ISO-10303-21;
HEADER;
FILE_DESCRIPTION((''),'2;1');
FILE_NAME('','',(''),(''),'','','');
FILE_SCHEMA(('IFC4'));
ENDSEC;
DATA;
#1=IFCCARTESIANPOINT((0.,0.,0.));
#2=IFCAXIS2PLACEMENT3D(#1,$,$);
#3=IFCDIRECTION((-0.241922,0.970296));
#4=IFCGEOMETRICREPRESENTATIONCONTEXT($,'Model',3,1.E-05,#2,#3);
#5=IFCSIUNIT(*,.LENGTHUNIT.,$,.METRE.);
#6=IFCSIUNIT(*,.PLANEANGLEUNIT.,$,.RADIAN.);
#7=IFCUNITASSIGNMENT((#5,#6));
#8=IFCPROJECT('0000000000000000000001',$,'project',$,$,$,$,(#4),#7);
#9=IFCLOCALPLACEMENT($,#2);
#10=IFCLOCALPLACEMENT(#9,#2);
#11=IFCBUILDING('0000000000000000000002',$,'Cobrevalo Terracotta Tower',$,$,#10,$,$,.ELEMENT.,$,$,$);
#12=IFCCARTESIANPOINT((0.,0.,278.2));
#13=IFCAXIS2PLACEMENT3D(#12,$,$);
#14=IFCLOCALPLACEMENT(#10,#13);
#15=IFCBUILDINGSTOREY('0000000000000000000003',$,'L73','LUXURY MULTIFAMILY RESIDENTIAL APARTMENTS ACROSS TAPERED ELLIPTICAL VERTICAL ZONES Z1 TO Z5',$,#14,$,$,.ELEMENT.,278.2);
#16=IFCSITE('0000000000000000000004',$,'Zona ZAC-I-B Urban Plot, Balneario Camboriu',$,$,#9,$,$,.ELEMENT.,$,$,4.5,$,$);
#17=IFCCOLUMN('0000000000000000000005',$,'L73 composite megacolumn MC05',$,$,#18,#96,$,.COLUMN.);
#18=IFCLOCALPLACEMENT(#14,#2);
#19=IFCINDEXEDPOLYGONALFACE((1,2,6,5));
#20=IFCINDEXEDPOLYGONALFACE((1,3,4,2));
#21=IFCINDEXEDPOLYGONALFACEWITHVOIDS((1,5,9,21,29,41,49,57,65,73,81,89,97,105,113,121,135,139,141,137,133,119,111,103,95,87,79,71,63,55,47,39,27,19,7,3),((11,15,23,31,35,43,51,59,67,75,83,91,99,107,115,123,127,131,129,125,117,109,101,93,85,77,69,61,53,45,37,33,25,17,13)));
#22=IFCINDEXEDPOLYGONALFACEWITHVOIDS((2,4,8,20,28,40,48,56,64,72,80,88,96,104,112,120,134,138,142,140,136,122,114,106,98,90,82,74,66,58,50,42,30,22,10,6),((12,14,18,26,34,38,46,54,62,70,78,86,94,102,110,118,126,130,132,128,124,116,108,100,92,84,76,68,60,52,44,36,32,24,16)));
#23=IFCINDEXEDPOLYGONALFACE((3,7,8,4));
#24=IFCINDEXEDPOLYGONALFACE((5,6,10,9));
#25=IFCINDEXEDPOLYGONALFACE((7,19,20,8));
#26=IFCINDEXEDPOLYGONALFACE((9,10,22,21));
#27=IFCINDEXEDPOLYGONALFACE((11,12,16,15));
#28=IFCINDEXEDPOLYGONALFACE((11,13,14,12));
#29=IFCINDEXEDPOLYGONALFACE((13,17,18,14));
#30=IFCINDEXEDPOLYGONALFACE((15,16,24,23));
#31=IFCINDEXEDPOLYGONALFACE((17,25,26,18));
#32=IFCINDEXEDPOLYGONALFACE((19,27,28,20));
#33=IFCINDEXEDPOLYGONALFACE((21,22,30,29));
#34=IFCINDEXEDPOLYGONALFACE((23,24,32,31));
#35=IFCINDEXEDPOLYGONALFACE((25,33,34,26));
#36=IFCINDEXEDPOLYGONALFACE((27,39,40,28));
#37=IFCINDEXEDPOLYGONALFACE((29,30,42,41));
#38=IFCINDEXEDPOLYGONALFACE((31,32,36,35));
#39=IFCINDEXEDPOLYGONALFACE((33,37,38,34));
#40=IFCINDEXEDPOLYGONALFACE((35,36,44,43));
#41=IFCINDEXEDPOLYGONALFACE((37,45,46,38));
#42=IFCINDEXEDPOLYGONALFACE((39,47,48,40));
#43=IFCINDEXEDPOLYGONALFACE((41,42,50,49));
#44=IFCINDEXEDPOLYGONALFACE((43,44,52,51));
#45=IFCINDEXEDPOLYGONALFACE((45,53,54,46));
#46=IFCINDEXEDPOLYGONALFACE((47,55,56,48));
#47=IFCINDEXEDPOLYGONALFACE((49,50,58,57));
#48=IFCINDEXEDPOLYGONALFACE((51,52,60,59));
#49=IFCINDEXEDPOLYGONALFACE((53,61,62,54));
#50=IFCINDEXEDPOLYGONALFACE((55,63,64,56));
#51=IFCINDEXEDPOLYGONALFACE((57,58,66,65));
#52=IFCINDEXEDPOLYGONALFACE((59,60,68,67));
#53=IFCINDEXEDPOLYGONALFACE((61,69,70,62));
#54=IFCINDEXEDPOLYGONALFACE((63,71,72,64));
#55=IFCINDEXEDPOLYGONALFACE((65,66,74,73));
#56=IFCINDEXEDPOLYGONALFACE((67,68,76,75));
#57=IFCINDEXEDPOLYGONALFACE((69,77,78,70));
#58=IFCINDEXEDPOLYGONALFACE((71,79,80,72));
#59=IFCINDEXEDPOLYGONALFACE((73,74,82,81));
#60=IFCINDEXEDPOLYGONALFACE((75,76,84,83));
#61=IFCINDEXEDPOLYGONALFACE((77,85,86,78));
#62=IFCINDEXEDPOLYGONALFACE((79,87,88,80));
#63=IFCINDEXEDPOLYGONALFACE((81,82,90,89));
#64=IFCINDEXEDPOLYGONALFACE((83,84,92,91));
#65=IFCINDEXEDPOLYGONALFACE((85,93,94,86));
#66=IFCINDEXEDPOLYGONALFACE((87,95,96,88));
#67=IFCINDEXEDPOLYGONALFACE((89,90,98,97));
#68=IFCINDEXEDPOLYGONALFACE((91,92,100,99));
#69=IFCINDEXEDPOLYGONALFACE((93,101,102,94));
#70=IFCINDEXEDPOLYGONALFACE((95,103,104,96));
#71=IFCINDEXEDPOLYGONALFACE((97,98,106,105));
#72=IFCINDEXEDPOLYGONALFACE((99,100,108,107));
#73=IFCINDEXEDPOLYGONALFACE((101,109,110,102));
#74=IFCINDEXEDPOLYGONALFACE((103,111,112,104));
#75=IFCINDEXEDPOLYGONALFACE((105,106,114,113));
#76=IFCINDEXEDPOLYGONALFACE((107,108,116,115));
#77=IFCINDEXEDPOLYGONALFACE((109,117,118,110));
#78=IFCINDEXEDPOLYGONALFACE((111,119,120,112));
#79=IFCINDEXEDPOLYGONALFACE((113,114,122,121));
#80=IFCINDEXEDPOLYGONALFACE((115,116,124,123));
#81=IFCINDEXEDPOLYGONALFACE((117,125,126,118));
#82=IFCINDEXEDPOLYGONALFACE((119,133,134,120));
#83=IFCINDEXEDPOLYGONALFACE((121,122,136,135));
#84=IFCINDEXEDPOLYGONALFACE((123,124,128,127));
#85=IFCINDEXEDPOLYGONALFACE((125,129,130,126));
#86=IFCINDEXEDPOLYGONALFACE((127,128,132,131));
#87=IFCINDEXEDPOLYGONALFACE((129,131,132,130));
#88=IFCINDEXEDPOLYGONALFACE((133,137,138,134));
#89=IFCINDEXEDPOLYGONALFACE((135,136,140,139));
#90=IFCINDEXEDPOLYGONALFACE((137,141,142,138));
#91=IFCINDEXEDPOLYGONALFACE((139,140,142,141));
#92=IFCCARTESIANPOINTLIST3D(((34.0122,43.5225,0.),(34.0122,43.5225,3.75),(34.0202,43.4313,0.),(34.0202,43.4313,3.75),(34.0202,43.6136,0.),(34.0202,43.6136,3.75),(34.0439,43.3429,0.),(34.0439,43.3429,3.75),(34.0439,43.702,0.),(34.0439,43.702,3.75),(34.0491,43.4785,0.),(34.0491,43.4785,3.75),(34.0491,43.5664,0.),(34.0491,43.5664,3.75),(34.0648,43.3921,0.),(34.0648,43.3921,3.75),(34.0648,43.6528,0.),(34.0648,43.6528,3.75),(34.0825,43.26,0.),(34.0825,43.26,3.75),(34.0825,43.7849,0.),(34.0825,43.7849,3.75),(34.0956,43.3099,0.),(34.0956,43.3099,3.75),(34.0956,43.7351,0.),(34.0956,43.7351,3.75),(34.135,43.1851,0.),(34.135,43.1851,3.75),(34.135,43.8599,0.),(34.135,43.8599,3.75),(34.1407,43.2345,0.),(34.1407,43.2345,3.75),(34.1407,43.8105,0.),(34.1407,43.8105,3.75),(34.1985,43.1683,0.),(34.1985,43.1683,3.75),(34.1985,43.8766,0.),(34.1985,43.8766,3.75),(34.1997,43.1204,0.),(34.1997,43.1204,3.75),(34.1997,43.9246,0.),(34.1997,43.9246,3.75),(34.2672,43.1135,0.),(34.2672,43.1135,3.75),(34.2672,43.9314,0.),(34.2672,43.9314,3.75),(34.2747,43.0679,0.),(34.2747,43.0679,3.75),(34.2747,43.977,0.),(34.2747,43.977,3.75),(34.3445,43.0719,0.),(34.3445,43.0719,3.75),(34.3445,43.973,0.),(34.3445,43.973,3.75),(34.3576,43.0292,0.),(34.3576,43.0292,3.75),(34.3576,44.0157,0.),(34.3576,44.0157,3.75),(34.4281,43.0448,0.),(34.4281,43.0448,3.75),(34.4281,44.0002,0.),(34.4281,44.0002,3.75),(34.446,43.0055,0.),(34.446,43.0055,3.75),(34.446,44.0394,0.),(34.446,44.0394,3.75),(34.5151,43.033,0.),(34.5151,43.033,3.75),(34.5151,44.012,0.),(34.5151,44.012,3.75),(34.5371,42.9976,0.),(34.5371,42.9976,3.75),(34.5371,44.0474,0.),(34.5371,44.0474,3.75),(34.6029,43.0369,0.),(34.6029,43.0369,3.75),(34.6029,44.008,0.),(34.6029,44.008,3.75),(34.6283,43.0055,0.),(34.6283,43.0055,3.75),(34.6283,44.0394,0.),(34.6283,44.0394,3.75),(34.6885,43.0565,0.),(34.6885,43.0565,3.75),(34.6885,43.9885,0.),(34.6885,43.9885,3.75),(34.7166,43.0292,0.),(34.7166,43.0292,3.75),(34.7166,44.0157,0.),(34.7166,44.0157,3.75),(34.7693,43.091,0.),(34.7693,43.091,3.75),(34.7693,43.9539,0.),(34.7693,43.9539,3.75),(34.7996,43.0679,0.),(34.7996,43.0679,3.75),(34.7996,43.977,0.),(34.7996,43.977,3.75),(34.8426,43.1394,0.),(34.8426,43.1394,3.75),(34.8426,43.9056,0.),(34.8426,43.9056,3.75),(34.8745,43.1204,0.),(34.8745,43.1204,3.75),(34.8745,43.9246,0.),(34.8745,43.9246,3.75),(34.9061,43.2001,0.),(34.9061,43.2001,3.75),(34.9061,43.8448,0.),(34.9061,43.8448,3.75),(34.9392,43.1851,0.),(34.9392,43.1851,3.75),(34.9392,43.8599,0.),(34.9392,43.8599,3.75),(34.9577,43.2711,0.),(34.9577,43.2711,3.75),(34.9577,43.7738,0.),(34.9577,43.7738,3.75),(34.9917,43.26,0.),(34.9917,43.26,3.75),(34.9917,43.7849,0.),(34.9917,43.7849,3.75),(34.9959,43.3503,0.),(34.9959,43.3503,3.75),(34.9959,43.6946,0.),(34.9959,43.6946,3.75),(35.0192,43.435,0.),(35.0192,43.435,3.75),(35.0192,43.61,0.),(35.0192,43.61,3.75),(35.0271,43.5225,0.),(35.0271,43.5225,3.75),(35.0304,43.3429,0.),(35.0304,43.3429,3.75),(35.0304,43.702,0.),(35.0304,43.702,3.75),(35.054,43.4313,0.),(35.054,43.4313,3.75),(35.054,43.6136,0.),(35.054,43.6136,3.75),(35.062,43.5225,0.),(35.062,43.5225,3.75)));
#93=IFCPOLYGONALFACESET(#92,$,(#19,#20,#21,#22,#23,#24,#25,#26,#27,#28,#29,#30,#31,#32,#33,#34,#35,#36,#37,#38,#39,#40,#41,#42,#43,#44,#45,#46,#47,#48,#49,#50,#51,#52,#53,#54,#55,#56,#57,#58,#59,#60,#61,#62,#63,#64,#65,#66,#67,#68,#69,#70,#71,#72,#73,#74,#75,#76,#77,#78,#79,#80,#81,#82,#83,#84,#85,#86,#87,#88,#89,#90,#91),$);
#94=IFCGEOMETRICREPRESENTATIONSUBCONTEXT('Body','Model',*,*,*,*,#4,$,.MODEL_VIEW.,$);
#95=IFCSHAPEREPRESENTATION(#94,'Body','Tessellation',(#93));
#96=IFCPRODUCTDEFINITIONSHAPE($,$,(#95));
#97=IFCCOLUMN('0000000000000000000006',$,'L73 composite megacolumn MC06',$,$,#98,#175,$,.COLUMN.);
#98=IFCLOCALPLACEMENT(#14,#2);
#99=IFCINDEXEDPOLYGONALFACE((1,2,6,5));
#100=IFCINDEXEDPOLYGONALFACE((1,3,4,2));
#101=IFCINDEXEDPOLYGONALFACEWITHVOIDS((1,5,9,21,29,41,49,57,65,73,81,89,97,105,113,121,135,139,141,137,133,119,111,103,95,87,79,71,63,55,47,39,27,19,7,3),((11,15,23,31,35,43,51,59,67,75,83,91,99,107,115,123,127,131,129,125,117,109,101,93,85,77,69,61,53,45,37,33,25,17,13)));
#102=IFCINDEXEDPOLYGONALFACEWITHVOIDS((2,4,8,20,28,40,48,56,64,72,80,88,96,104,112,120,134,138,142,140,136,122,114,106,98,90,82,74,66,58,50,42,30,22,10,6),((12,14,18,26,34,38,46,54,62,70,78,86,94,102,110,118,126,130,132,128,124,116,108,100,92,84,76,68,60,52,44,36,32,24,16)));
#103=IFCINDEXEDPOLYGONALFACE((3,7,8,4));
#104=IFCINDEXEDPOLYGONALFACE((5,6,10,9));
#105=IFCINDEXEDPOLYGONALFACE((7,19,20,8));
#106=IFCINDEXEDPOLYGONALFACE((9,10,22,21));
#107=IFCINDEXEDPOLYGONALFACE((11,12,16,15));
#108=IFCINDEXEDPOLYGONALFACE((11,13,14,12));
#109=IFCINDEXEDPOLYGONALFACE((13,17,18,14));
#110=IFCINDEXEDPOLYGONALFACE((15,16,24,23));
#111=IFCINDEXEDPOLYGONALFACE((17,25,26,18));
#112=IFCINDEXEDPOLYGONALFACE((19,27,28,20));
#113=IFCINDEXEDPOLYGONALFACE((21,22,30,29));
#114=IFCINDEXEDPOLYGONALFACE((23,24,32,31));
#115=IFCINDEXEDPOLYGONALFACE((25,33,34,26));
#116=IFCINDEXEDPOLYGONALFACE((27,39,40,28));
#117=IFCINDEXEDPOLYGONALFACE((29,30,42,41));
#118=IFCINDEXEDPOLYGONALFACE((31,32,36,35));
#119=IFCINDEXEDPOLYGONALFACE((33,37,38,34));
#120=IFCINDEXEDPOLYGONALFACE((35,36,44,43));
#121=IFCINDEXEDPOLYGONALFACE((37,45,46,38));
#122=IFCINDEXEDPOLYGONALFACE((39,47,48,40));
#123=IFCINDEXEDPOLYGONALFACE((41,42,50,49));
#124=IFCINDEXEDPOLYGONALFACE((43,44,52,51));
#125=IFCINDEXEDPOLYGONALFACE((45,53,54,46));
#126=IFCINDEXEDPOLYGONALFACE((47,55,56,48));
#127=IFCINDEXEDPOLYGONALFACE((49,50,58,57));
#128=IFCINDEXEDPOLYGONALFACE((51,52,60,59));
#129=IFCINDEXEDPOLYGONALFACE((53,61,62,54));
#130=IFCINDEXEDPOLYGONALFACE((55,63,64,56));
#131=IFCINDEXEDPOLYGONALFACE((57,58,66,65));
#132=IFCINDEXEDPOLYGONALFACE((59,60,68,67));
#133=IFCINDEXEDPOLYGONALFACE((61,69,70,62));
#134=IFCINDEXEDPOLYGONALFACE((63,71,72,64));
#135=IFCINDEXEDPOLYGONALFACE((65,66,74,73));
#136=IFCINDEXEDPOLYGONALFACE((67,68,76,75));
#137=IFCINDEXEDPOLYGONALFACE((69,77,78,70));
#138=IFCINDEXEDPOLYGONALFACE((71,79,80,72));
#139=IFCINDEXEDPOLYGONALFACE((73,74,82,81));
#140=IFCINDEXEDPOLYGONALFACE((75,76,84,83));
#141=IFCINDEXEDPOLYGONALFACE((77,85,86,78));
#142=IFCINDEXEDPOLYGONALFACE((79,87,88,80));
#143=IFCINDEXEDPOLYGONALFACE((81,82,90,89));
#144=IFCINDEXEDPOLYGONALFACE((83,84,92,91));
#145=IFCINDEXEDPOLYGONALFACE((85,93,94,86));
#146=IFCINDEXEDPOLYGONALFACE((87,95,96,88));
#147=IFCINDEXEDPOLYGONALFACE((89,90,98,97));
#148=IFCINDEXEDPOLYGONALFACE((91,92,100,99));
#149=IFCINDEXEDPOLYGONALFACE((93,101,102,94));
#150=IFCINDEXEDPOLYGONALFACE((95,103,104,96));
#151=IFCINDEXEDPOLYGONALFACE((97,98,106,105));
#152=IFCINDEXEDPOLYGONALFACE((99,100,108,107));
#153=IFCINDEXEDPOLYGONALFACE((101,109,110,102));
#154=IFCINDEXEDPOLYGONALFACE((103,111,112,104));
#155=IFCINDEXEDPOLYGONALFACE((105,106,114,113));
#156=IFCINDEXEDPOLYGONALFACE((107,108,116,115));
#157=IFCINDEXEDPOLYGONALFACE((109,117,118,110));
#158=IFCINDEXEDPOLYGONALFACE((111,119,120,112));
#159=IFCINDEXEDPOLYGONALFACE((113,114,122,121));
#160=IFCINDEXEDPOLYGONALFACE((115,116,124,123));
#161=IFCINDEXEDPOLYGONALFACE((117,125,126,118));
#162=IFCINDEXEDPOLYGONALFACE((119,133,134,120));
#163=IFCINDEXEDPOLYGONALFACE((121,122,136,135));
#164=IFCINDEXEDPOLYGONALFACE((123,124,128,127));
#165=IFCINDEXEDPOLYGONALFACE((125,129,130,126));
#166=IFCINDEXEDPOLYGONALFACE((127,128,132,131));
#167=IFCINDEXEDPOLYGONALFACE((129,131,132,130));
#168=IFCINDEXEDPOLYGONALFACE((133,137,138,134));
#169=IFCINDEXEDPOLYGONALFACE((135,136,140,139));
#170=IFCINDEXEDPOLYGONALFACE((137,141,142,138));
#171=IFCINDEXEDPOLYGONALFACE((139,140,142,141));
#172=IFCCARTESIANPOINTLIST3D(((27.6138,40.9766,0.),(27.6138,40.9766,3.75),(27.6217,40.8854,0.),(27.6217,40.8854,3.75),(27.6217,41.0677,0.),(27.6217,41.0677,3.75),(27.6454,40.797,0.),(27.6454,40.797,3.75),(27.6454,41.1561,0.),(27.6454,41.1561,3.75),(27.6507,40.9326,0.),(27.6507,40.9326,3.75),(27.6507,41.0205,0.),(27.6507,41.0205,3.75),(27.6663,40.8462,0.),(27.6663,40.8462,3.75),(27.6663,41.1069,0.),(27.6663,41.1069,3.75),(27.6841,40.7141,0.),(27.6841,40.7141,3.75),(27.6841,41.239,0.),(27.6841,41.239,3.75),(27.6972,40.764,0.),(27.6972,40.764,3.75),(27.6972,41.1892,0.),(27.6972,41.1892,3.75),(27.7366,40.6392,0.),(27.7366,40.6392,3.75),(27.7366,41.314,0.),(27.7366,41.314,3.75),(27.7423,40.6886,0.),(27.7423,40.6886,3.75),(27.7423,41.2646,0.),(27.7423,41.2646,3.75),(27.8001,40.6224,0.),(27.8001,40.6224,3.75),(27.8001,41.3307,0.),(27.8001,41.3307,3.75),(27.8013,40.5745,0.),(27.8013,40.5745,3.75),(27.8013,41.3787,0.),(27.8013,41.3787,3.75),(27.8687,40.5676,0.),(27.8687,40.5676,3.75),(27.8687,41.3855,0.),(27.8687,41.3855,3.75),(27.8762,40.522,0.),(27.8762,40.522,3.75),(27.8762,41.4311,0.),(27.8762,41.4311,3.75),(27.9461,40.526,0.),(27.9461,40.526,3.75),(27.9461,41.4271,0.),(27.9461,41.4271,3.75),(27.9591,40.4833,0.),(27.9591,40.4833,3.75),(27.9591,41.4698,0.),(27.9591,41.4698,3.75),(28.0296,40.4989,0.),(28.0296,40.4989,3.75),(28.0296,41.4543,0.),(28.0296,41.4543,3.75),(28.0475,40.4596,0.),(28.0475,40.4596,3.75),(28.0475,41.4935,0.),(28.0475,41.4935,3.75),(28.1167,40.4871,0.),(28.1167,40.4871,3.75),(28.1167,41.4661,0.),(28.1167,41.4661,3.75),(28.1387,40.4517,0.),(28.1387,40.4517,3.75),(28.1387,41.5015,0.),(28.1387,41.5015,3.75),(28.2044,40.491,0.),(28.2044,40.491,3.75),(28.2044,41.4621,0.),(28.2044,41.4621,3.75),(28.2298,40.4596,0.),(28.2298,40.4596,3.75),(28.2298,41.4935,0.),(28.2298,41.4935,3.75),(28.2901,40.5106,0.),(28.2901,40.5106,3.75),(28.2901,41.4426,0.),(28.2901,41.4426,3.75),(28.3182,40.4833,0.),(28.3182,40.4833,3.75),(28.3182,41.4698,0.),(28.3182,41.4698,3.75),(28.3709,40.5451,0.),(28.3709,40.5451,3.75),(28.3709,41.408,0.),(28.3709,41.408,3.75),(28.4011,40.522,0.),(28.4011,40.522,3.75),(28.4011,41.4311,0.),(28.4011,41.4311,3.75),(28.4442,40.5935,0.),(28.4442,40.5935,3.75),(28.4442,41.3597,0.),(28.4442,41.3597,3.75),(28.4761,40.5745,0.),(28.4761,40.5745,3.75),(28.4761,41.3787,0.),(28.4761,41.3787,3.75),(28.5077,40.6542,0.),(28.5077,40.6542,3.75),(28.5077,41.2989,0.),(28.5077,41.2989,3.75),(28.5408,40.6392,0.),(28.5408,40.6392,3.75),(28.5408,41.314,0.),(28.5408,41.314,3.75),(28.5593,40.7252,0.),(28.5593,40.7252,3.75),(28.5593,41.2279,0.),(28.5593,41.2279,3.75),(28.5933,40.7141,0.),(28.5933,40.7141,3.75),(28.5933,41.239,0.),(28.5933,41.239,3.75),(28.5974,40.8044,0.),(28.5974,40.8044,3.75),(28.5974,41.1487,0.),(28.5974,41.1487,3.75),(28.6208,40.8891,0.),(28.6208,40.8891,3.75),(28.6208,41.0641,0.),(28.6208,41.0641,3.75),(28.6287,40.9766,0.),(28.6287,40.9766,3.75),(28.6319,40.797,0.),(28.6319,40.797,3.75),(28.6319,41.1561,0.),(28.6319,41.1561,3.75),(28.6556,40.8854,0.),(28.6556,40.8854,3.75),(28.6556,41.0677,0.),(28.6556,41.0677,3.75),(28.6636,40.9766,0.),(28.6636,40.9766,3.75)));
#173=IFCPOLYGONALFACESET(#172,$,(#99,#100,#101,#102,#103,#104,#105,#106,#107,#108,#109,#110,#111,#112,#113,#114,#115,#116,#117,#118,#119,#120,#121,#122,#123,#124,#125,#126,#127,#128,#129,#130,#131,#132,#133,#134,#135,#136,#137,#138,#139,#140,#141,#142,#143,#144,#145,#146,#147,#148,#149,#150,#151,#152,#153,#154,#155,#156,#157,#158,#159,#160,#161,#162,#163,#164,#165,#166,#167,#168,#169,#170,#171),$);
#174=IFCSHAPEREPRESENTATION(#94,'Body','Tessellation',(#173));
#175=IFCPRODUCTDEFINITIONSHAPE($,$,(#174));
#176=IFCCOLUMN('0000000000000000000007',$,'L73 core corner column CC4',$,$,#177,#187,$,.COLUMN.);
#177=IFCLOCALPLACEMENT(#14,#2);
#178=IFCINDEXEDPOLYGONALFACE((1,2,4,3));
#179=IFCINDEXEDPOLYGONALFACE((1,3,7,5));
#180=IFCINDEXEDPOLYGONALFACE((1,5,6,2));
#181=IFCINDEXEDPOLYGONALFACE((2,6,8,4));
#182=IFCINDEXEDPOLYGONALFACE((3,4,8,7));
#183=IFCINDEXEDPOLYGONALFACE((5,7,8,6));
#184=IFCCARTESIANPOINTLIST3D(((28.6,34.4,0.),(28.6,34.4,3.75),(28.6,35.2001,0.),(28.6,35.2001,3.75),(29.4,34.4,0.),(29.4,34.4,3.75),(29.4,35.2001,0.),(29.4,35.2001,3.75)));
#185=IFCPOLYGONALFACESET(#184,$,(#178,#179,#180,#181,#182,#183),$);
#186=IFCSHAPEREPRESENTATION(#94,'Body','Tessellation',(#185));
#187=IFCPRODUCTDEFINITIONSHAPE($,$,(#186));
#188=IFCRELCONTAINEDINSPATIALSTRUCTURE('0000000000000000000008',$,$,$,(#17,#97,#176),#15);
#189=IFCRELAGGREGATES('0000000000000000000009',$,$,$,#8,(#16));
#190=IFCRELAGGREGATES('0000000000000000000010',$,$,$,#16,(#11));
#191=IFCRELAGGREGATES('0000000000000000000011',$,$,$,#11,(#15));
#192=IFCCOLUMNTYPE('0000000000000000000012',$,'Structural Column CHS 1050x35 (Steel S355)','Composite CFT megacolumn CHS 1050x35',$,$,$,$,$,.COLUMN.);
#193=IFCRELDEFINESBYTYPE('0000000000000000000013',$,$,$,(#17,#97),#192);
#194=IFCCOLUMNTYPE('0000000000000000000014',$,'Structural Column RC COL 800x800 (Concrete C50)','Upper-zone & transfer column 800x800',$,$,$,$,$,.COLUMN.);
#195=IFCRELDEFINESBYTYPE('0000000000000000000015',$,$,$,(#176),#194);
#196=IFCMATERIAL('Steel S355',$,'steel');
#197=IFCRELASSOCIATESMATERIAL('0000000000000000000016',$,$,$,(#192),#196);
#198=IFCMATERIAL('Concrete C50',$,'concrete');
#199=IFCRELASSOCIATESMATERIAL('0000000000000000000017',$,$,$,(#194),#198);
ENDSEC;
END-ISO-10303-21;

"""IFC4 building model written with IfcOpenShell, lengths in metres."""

from ifc_helpers import new_model, si_unit, direction, frame, origin, origin_2d, place, context, subcontext, project, spatial, rectangle, hollow_circle, extrude, material, material_profile, profile_set, type_object, element, save


model = new_model("IFC4")

# Units and contexts
model_context = context("Model", 3, precision=1e-05, world=origin(), true_north=direction((-0.241922, 0.970296)))
body_context = subcontext(model_context, "Body", "Model", "MODEL_VIEW")
ifc_project = project(units=[si_unit("LENGTHUNIT", "METRE"), si_unit("PLANEANGLEUNIT", "RADIAN")], contexts=[model_context])

# Site, building, storey
site_placement = place(None, origin())
site = spatial("IfcSite", under=ifc_project, at=site_placement, Name="Zona ZAC-I-B Urban Plot, Balneario Camboriu", CompositionType="ELEMENT", RefElevation=4.5)
building_placement = place(site_placement, origin())
building = spatial("IfcBuilding", under=site, at=building_placement, Name="Cobrevalo Terracotta Tower", CompositionType="ELEMENT")
storey_placement = place(building_placement, frame((0.0, 0.0, 278.2)))
storey = spatial("IfcBuildingStorey", under=building, at=storey_placement, Name="L73", Description="LUXURY MULTIFAMILY RESIDENTIAL APARTMENTS ACROSS TAPERED ELLIPTICAL VERTICAL ZONES Z1 TO Z5", CompositionType="ELEMENT", Elevation=278.2)

# Columns
ifc_material_1 = material(Name="Steel S355", Category="steel")
ifc_material_profile_1 = material_profile(ifc_material_1, hollow_circle(Radius=0.5249, WallThickness=0.0349, at=origin_2d()), Name="CHS 1050x35")
ifc_profile_set_1 = profile_set([ifc_material_profile_1], Name="Steel S355")
column_type_1 = type_object("IfcColumnType", Name="Structural Column CHS 1050x35 (Steel S355)", Description="Composite CFT megacolumn CHS 1050x35", PredefinedType="COLUMN", material=ifc_profile_set_1)
for number, where, z_axis, x_axis, name in (
    (1, (34.5371, 43.5225, 0.0), (0.0, 0.0, 1.0), (1.0, 0.0, 0.0), "L73 composite megacolumn MC05"),
    (2, (28.1387, 40.9766, 0.0), (0.0, 0.0, 1.0), (1.0, 0.0, 0.0), "L73 composite megacolumn MC06"),
):
    element("IfcColumn", number, at=place(storey_placement, frame(where, z_axis=z_axis, x_axis=x_axis)), inside=storey, type_object=column_type_1, Name=name, PredefinedType="COLUMN", context=body_context, shape_type="SweptSolid", body=[
        extrude(hollow_circle(Radius=0.5249, WallThickness=0.0349, at=origin_2d()), origin(), (0.0, 0.0, 1.0), 3.75),
    ])
ifc_material_2 = material(Name="Concrete C50", Category="concrete")
ifc_material_profile_2 = material_profile(ifc_material_2, rectangle(XDim=0.8, YDim=0.8, at=origin_2d()), Name="RC COL 800x800")
ifc_profile_set_2 = profile_set([ifc_material_profile_2], Name="Concrete C50")
column_type_2 = type_object("IfcColumnType", Name="Structural Column RC COL 800x800 (Concrete C50)", Description="Upper-zone & transfer column 800x800", PredefinedType="COLUMN", material=ifc_profile_set_2)
column_placement = place(storey_placement, frame((29.0, 34.8, 0.0), z_axis=(0.0, 0.0, 1.0), x_axis=(1.0, 0.0, 0.0)))
element("IfcColumn", 3, at=column_placement, inside=storey, type_object=column_type_2, Name="L73 core corner column CC4", PredefinedType="COLUMN", context=body_context, shape_type="SweptSolid", body=[
    extrude(rectangle(XDim=0.8, YDim=0.8, at=origin_2d()), origin(), (0.0, 0.0, 1.0), 3.75),
])

save(model, "model.ifc")
